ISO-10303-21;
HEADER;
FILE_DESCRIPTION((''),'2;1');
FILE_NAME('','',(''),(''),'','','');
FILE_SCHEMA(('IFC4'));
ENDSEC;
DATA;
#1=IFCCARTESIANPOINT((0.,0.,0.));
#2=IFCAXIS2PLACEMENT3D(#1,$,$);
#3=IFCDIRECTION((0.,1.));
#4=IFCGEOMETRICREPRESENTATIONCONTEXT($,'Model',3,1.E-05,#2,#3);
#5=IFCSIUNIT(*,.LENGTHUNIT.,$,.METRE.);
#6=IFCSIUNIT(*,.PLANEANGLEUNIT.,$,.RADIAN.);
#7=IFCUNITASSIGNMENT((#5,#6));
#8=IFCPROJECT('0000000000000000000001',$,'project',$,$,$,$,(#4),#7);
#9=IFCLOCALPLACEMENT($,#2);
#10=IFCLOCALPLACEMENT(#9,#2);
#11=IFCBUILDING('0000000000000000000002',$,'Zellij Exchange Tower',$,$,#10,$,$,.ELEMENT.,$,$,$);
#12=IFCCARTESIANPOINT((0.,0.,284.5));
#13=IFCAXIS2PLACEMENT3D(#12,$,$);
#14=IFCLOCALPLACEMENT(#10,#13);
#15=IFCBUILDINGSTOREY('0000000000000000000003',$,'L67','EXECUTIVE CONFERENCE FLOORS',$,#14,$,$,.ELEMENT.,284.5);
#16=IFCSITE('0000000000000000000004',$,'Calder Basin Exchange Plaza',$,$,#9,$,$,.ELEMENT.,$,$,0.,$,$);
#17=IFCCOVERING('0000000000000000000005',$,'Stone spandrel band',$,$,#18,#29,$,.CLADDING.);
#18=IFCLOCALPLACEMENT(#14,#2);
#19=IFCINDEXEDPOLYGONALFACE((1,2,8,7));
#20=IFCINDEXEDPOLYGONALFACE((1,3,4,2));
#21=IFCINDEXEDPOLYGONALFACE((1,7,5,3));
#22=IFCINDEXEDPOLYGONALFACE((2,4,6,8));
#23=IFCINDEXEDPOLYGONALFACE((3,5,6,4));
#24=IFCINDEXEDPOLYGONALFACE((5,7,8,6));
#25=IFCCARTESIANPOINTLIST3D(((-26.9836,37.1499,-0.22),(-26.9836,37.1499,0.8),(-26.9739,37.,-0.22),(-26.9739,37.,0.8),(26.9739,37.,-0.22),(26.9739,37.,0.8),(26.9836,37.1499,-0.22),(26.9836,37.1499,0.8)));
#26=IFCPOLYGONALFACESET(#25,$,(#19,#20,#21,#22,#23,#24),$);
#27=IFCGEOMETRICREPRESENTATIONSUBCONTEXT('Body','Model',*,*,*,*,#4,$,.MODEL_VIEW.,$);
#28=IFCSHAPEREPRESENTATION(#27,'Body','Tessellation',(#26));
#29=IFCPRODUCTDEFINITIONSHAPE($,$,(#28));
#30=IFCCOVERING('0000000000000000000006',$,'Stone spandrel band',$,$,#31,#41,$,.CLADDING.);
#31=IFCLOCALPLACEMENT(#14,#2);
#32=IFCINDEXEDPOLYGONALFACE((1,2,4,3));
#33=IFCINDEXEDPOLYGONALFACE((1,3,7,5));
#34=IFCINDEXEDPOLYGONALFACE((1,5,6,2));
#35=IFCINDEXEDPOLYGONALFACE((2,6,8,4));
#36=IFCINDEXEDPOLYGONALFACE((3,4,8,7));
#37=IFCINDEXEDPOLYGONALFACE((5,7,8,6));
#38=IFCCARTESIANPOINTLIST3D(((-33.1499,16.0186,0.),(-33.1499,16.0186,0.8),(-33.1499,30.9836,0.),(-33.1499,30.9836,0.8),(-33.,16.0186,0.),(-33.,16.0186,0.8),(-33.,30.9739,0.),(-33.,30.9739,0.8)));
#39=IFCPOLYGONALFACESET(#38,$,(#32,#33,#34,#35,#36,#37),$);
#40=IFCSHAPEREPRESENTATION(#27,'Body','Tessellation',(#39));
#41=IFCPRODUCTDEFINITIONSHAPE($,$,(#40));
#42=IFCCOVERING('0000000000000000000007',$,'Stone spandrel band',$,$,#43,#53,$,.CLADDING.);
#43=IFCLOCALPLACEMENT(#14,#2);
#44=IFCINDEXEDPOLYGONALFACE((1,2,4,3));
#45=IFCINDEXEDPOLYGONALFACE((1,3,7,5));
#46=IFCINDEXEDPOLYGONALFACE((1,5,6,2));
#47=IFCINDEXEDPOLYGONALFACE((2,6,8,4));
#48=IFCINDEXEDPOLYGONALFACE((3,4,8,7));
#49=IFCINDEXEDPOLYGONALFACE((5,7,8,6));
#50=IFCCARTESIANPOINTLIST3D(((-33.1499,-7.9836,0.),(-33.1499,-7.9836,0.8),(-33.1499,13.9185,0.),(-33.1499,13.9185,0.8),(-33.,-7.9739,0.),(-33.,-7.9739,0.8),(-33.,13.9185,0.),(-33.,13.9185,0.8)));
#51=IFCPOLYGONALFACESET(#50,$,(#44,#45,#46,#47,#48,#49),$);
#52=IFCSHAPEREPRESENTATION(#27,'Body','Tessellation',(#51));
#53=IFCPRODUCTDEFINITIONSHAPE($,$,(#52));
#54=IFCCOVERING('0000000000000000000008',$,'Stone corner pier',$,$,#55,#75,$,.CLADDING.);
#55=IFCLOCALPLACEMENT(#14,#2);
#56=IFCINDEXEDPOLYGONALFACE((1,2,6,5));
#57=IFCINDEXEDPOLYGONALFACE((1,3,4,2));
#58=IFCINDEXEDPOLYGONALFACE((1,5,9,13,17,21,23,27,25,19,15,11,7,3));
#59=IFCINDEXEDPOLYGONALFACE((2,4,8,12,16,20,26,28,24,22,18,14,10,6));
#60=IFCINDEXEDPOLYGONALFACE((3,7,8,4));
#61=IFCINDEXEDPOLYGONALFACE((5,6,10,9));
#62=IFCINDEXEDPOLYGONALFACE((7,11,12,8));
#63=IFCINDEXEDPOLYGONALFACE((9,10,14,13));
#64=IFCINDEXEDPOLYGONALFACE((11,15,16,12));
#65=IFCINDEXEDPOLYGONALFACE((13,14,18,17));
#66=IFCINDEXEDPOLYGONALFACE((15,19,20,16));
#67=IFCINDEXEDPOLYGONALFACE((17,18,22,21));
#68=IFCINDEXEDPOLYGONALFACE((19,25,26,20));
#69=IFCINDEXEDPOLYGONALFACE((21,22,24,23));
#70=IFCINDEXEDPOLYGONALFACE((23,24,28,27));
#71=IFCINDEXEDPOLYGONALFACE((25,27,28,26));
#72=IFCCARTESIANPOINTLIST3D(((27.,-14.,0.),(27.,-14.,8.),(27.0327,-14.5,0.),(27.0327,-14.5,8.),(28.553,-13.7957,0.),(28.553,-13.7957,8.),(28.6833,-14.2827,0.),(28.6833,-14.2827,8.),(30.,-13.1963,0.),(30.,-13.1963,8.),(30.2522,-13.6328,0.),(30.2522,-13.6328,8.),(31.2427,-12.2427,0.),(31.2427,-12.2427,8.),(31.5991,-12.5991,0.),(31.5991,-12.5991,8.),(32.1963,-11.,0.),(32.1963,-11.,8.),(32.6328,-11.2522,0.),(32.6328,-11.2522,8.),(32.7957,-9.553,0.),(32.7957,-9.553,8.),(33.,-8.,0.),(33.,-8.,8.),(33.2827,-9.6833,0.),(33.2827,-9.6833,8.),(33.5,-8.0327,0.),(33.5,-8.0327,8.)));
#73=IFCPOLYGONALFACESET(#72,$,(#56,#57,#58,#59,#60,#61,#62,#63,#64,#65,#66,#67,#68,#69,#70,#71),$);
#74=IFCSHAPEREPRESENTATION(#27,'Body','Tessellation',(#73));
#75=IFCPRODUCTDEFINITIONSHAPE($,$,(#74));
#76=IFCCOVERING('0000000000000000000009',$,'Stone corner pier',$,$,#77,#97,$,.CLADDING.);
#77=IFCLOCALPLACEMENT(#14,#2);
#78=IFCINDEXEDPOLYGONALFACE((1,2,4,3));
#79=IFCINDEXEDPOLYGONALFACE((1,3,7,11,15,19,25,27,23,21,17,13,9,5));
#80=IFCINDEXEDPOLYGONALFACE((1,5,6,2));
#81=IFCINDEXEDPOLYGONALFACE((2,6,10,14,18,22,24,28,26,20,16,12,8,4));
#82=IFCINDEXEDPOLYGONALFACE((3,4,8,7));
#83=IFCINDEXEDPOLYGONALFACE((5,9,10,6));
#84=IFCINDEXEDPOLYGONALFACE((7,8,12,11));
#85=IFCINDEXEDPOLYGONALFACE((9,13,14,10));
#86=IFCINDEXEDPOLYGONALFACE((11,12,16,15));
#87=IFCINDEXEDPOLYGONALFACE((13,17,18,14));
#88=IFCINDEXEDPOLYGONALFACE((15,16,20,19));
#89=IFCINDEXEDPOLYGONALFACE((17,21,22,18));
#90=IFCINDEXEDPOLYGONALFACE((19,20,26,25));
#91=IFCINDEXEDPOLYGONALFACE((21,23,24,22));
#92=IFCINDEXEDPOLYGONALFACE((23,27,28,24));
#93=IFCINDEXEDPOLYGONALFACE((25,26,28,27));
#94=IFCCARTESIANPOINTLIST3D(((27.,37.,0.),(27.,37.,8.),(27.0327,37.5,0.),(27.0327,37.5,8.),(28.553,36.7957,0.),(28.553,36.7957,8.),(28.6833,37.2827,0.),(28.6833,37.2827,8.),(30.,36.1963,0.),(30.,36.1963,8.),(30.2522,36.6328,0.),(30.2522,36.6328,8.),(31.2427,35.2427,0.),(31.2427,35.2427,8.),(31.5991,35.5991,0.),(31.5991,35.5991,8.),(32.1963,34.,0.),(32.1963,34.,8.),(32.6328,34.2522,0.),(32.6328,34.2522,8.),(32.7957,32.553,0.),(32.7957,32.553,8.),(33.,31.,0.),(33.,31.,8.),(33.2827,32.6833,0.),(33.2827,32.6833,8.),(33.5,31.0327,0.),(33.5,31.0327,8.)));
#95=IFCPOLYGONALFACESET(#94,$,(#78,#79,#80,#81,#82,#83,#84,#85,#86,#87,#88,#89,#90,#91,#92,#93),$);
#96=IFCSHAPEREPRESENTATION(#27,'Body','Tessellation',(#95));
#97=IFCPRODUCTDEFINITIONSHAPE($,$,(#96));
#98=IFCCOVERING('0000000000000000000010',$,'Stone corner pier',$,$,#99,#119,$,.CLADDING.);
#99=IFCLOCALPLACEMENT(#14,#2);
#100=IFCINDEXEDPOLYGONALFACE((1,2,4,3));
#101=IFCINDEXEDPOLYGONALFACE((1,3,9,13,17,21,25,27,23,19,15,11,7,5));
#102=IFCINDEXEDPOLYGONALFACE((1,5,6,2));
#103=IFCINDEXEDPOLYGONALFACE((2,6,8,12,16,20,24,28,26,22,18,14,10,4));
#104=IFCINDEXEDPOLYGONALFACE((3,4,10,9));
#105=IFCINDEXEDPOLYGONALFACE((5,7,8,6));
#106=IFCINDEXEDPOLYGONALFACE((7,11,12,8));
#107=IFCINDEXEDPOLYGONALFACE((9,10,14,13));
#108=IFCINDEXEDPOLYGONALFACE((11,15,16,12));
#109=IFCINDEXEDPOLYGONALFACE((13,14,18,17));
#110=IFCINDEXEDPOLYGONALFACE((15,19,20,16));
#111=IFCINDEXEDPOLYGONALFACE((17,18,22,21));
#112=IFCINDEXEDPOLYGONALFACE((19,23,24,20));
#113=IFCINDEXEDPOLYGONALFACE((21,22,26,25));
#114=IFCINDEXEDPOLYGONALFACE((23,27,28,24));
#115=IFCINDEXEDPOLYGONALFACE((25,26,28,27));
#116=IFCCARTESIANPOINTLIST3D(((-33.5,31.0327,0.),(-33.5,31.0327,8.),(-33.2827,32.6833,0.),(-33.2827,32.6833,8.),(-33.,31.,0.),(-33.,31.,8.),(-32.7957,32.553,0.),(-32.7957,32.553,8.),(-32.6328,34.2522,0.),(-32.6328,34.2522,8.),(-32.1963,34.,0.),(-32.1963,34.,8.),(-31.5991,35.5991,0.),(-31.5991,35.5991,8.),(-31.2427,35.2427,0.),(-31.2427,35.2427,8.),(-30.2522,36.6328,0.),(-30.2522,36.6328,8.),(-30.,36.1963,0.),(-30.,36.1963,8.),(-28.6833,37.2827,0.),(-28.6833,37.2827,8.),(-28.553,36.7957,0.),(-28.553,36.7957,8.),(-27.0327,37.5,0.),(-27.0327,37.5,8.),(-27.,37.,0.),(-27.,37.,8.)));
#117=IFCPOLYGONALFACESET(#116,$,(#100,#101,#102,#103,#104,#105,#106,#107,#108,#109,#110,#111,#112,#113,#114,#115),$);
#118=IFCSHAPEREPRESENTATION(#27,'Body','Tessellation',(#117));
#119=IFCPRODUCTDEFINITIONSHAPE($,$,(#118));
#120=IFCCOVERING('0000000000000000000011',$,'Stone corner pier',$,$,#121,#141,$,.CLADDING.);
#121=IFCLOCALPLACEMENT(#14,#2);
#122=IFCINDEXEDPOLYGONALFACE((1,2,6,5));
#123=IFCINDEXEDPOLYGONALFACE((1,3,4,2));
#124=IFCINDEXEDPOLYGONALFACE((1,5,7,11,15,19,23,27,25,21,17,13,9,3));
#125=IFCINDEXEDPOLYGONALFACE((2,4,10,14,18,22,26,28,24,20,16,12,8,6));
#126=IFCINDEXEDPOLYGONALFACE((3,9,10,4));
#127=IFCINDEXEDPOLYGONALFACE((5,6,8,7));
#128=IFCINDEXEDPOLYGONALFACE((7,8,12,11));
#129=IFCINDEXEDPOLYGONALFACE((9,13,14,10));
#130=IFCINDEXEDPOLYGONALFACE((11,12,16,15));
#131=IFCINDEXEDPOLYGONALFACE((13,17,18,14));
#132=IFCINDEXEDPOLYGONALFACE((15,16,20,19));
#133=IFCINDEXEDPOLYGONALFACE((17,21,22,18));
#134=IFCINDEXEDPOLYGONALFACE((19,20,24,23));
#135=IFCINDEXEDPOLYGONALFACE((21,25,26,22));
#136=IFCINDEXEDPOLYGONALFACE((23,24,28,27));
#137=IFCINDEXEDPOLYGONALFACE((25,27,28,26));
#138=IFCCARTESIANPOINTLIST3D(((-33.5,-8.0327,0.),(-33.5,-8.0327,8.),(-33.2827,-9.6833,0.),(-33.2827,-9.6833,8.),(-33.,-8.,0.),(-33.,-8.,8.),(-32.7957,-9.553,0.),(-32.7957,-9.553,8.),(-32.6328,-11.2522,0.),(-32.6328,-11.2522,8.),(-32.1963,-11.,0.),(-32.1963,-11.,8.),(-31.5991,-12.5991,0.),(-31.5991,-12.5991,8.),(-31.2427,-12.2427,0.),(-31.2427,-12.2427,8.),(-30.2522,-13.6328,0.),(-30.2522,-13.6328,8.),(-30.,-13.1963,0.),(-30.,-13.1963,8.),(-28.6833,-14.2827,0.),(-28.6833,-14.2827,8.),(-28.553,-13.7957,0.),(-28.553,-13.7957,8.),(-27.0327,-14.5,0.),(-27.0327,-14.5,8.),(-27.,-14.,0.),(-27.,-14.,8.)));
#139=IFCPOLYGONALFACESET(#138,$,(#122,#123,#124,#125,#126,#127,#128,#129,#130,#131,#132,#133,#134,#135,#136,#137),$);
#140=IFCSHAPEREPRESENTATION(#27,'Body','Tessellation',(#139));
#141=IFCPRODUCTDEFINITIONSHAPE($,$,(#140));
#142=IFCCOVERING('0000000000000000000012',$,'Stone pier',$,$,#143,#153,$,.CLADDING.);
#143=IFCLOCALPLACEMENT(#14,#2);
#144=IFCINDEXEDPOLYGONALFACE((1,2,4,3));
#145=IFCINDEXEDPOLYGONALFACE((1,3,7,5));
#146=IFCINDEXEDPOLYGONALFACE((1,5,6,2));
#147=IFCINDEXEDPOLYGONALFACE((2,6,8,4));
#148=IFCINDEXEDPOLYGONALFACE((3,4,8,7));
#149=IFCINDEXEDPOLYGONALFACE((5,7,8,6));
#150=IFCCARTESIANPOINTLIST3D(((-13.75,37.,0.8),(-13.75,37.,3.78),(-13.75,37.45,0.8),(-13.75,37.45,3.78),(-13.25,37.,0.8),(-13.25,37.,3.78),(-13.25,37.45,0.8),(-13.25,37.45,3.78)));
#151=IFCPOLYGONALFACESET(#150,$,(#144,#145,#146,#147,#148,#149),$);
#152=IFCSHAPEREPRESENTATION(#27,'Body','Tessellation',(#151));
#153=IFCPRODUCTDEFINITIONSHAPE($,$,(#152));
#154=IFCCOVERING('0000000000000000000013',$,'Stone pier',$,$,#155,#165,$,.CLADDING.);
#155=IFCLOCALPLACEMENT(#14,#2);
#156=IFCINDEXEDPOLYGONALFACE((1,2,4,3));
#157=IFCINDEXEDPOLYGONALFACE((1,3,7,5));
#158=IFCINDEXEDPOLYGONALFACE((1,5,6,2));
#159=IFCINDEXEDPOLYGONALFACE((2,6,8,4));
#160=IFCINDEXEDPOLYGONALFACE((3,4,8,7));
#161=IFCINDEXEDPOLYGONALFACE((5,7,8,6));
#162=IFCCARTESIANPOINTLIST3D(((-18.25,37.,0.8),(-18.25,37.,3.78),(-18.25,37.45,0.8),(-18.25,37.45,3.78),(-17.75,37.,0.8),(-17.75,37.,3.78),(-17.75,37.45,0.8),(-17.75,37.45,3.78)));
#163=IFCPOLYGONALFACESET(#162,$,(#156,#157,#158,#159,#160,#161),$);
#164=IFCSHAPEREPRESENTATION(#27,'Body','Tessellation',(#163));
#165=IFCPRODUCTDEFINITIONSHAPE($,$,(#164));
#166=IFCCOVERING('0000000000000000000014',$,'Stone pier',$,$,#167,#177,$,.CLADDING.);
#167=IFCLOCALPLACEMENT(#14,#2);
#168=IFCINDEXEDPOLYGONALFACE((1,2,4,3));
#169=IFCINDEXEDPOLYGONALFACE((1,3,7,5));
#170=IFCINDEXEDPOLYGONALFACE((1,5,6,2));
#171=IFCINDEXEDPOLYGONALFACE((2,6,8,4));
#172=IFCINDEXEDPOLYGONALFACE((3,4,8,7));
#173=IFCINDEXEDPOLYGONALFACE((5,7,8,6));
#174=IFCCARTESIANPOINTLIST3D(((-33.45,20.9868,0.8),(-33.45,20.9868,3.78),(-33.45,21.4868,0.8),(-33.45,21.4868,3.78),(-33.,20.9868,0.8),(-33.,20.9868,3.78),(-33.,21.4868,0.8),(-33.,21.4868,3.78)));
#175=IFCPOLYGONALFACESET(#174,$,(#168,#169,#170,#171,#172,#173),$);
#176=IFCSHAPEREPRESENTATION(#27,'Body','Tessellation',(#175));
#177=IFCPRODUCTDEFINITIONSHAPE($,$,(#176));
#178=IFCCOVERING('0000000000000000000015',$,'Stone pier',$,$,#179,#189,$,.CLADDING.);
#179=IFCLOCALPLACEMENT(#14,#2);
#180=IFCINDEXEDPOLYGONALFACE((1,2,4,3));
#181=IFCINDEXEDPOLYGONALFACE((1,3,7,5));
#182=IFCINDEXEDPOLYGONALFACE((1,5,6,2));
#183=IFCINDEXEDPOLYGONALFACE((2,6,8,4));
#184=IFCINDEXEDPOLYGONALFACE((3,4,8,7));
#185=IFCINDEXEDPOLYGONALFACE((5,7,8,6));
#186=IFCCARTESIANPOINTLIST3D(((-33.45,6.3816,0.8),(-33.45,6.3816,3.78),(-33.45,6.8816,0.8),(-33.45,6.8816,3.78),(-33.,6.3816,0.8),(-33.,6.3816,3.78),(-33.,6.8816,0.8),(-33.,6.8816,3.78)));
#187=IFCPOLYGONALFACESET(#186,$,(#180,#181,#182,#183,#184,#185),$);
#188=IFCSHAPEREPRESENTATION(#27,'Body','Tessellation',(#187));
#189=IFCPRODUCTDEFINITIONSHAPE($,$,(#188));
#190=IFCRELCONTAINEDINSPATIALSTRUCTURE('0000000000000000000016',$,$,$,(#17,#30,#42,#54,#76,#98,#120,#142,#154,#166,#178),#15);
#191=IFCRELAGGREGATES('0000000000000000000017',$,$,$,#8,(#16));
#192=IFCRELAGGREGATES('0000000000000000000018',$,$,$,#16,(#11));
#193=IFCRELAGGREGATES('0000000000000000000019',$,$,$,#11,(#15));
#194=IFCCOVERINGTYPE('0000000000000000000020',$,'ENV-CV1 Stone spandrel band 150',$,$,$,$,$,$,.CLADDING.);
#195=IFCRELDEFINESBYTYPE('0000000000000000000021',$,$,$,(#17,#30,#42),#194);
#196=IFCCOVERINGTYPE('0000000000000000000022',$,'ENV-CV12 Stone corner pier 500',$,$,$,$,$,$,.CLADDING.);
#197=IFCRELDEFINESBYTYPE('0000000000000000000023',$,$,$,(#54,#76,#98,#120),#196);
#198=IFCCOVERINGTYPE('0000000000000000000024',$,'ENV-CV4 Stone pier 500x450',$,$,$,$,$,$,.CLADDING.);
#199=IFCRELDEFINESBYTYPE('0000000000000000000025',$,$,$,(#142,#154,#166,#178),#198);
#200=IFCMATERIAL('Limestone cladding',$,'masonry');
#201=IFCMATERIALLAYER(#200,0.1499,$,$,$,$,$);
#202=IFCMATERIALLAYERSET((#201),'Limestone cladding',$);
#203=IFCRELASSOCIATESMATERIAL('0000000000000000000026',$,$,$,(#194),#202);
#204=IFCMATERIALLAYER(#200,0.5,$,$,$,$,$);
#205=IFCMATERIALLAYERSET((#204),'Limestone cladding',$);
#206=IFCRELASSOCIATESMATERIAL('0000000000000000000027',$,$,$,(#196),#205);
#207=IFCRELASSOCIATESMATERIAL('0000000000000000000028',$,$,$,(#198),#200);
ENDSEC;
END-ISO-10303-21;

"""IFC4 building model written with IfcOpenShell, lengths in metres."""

from ifc_helpers import new_model, si_unit, direction, frame, origin, place, context, subcontext, project, spatial, polyline, outline, extrude, material, layer, layer_set, type_object, element, save


model = new_model("IFC4")

# Units and contexts
model_context = context("Model", 3, precision=1e-05, world=origin(), true_north=direction((0.0, 1.0)))
body_context = subcontext(model_context, "Body", "Model", "MODEL_VIEW")
ifc_project = project(units=[si_unit("LENGTHUNIT", "METRE"), si_unit("PLANEANGLEUNIT", "RADIAN")], contexts=[model_context])

# Site, building, storey
site_placement = place(None, origin())
site = spatial("IfcSite", under=ifc_project, at=site_placement, Name="Calder Basin Exchange Plaza", CompositionType="ELEMENT", RefElevation=0.0)
building_placement = place(site_placement, origin())
building = spatial("IfcBuilding", under=site, at=building_placement, Name="Zellij Exchange Tower", CompositionType="ELEMENT")
storey_placement = place(building_placement, frame((0.0, 0.0, 284.5)))
storey = spatial("IfcBuildingStorey", under=building, at=storey_placement, Name="L67", Description="EXECUTIVE CONFERENCE FLOORS", CompositionType="ELEMENT", Elevation=284.5)

# Coverings
ifc_material_1 = material(Name="Limestone cladding", Category="masonry")
ifc_layer_1 = layer(ifc_material_1, 0.1499)
ifc_layer_set_1 = layer_set([ifc_layer_1], Name="Limestone cladding")
covering_type_1 = type_object("IfcCoveringType", Name="ENV-CV1 Stone spandrel band 150", PredefinedType="CLADDING", material=ifc_layer_set_1)
covering_1_placement = place(storey_placement, frame((0.0, 0.0, -0.22)))
element("IfcCovering", 1, at=covering_1_placement, inside=storey, type_object=covering_type_1, Name="Stone spandrel band", PredefinedType="CLADDING", context=body_context, shape_type="SweptSolid", body=[
    extrude(outline(polyline([(26.9739, 37.0), (-26.9739, 37.0), (-26.9836, 37.1499), (26.9836, 37.1499), (26.9739, 37.0)])), origin(), (0.0, 0.0, 1.0), 1.02),
])
covering_2_placement = place(storey_placement, origin())
element("IfcCovering", 2, at=covering_2_placement, inside=storey, type_object=covering_type_1, Name="Stone spandrel band", PredefinedType="CLADDING", context=body_context, shape_type="SweptSolid", body=[
    extrude(outline(polyline([(-33.0, 30.9739), (-33.0, 16.0186), (-33.1499, 16.0186), (-33.1499, 30.9836), (-33.0, 30.9739)])), origin(), (0.0, 0.0, 1.0), 0.8),
])
covering_3_placement = place(storey_placement, origin())
element("IfcCovering", 3, at=covering_3_placement, inside=storey, type_object=covering_type_1, Name="Stone spandrel band", PredefinedType="CLADDING", context=body_context, shape_type="SweptSolid", body=[
    extrude(outline(polyline([(-33.0, 13.9185), (-33.0, -7.9739), (-33.1499, -7.9836), (-33.1499, 13.9185), (-33.0, 13.9185)])), origin(), (0.0, 0.0, 1.0), 0.8),
])
ifc_layer_2 = layer(ifc_material_1, 0.5)
ifc_layer_set_2 = layer_set([ifc_layer_2], Name="Limestone cladding")
covering_type_2 = type_object("IfcCoveringType", Name="ENV-CV12 Stone corner pier 500", PredefinedType="CLADDING", material=ifc_layer_set_2)
covering_4_placement = place(storey_placement, origin())
element("IfcCovering", 4, at=covering_4_placement, inside=storey, type_object=covering_type_2, Name="Stone corner pier", PredefinedType="CLADDING", context=body_context, shape_type="SweptSolid", body=[
    extrude(outline(polyline([(27.0, -14.0), (28.553, -13.7957), (30.0, -13.1963), (31.2427, -12.2427), (32.1963, -11.0), (32.7957, -9.553), (33.0, -8.0), (33.5, -8.0327), (33.2827, -9.6833), (32.6328, -11.2522), (31.5991, -12.5991), (30.2522, -13.6328), (28.6833, -14.2827), (27.0327, -14.5), (27.0, -14.0)])), origin(), (0.0, 0.0, 1.0), 8.0),
])
covering_5_placement = place(storey_placement, origin())
element("IfcCovering", 5, at=covering_5_placement, inside=storey, type_object=covering_type_2, Name="Stone corner pier", PredefinedType="CLADDING", context=body_context, shape_type="SweptSolid", body=[
    extrude(outline(polyline([(33.0, 31.0), (32.7957, 32.553), (32.1963, 34.0), (31.2427, 35.2427), (30.0, 36.1963), (28.553, 36.7957), (27.0, 37.0), (27.0327, 37.5), (28.6833, 37.2827), (30.2522, 36.6328), (31.5991, 35.5991), (32.6328, 34.2522), (33.2827, 32.6833), (33.5, 31.0327), (33.0, 31.0)])), origin(), (0.0, 0.0, 1.0), 8.0),
])
covering_6_placement = place(storey_placement, origin())
element("IfcCovering", 6, at=covering_6_placement, inside=storey, type_object=covering_type_2, Name="Stone corner pier", PredefinedType="CLADDING", context=body_context, shape_type="SweptSolid", body=[
    extrude(outline(polyline([(-27.0, 37.0), (-28.553, 36.7957), (-30.0, 36.1963), (-31.2427, 35.2427), (-32.1963, 34.0), (-32.7957, 32.553), (-33.0, 31.0), (-33.5, 31.0327), (-33.2827, 32.6833), (-32.6328, 34.2522), (-31.5991, 35.5991), (-30.2522, 36.6328), (-28.6833, 37.2827), (-27.0327, 37.5), (-27.0, 37.0)])), origin(), (0.0, 0.0, 1.0), 8.0),
])
covering_7_placement = place(storey_placement, origin())
element("IfcCovering", 7, at=covering_7_placement, inside=storey, type_object=covering_type_2, Name="Stone corner pier", PredefinedType="CLADDING", context=body_context, shape_type="SweptSolid", body=[
    extrude(outline(polyline([(-33.0, -8.0), (-32.7957, -9.553), (-32.1963, -11.0), (-31.2427, -12.2427), (-30.0, -13.1963), (-28.553, -13.7957), (-27.0, -14.0), (-27.0327, -14.5), (-28.6833, -14.2827), (-30.2522, -13.6328), (-31.5991, -12.5991), (-32.6328, -11.2522), (-33.2827, -9.6833), (-33.5, -8.0327), (-33.0, -8.0)])), origin(), (0.0, 0.0, 1.0), 8.0),
])
covering_type_3 = type_object("IfcCoveringType", Name="ENV-CV4 Stone pier 500x450", PredefinedType="CLADDING", material=ifc_material_1)
covering_8_placement = place(storey_placement, frame((0.0, 0.0, 0.8)))
element("IfcCovering", 8, at=covering_8_placement, inside=storey, type_object=covering_type_3, Name="Stone pier", PredefinedType="CLADDING", context=body_context, shape_type="SweptSolid", body=[
    extrude(outline(polyline([(-13.25, 37.0), (-13.75, 37.0), (-13.75, 37.45), (-13.25, 37.45), (-13.25, 37.0)])), origin(), (0.0, 0.0, 1.0), 2.98),
])
covering_9_placement = place(storey_placement, frame((0.0, 0.0, 0.8)))
element("IfcCovering", 9, at=covering_9_placement, inside=storey, type_object=covering_type_3, Name="Stone pier", PredefinedType="CLADDING", context=body_context, shape_type="SweptSolid", body=[
    extrude(outline(polyline([(-17.75, 37.0), (-18.25, 37.0), (-18.25, 37.45), (-17.75, 37.45), (-17.75, 37.0)])), origin(), (0.0, 0.0, 1.0), 2.98),
])
covering_10_placement = place(storey_placement, frame((0.0, 0.0, 0.8)))
element("IfcCovering", 10, at=covering_10_placement, inside=storey, type_object=covering_type_3, Name="Stone pier", PredefinedType="CLADDING", context=body_context, shape_type="SweptSolid", body=[
    extrude(outline(polyline([(-33.0, 21.4868), (-33.0, 20.9868), (-33.45, 20.9868), (-33.45, 21.4868), (-33.0, 21.4868)])), origin(), (0.0, 0.0, 1.0), 2.98),
])
covering_11_placement = place(storey_placement, frame((0.0, 0.0, 0.8)))
element("IfcCovering", 11, at=covering_11_placement, inside=storey, type_object=covering_type_3, Name="Stone pier", PredefinedType="CLADDING", context=body_context, shape_type="SweptSolid", body=[
    extrude(outline(polyline([(-33.0, 6.8816), (-33.0, 6.3816), (-33.45, 6.3816), (-33.45, 6.8816), (-33.0, 6.8816)])), origin(), (0.0, 0.0, 1.0), 2.98),
])

save(model, "model.ifc")
